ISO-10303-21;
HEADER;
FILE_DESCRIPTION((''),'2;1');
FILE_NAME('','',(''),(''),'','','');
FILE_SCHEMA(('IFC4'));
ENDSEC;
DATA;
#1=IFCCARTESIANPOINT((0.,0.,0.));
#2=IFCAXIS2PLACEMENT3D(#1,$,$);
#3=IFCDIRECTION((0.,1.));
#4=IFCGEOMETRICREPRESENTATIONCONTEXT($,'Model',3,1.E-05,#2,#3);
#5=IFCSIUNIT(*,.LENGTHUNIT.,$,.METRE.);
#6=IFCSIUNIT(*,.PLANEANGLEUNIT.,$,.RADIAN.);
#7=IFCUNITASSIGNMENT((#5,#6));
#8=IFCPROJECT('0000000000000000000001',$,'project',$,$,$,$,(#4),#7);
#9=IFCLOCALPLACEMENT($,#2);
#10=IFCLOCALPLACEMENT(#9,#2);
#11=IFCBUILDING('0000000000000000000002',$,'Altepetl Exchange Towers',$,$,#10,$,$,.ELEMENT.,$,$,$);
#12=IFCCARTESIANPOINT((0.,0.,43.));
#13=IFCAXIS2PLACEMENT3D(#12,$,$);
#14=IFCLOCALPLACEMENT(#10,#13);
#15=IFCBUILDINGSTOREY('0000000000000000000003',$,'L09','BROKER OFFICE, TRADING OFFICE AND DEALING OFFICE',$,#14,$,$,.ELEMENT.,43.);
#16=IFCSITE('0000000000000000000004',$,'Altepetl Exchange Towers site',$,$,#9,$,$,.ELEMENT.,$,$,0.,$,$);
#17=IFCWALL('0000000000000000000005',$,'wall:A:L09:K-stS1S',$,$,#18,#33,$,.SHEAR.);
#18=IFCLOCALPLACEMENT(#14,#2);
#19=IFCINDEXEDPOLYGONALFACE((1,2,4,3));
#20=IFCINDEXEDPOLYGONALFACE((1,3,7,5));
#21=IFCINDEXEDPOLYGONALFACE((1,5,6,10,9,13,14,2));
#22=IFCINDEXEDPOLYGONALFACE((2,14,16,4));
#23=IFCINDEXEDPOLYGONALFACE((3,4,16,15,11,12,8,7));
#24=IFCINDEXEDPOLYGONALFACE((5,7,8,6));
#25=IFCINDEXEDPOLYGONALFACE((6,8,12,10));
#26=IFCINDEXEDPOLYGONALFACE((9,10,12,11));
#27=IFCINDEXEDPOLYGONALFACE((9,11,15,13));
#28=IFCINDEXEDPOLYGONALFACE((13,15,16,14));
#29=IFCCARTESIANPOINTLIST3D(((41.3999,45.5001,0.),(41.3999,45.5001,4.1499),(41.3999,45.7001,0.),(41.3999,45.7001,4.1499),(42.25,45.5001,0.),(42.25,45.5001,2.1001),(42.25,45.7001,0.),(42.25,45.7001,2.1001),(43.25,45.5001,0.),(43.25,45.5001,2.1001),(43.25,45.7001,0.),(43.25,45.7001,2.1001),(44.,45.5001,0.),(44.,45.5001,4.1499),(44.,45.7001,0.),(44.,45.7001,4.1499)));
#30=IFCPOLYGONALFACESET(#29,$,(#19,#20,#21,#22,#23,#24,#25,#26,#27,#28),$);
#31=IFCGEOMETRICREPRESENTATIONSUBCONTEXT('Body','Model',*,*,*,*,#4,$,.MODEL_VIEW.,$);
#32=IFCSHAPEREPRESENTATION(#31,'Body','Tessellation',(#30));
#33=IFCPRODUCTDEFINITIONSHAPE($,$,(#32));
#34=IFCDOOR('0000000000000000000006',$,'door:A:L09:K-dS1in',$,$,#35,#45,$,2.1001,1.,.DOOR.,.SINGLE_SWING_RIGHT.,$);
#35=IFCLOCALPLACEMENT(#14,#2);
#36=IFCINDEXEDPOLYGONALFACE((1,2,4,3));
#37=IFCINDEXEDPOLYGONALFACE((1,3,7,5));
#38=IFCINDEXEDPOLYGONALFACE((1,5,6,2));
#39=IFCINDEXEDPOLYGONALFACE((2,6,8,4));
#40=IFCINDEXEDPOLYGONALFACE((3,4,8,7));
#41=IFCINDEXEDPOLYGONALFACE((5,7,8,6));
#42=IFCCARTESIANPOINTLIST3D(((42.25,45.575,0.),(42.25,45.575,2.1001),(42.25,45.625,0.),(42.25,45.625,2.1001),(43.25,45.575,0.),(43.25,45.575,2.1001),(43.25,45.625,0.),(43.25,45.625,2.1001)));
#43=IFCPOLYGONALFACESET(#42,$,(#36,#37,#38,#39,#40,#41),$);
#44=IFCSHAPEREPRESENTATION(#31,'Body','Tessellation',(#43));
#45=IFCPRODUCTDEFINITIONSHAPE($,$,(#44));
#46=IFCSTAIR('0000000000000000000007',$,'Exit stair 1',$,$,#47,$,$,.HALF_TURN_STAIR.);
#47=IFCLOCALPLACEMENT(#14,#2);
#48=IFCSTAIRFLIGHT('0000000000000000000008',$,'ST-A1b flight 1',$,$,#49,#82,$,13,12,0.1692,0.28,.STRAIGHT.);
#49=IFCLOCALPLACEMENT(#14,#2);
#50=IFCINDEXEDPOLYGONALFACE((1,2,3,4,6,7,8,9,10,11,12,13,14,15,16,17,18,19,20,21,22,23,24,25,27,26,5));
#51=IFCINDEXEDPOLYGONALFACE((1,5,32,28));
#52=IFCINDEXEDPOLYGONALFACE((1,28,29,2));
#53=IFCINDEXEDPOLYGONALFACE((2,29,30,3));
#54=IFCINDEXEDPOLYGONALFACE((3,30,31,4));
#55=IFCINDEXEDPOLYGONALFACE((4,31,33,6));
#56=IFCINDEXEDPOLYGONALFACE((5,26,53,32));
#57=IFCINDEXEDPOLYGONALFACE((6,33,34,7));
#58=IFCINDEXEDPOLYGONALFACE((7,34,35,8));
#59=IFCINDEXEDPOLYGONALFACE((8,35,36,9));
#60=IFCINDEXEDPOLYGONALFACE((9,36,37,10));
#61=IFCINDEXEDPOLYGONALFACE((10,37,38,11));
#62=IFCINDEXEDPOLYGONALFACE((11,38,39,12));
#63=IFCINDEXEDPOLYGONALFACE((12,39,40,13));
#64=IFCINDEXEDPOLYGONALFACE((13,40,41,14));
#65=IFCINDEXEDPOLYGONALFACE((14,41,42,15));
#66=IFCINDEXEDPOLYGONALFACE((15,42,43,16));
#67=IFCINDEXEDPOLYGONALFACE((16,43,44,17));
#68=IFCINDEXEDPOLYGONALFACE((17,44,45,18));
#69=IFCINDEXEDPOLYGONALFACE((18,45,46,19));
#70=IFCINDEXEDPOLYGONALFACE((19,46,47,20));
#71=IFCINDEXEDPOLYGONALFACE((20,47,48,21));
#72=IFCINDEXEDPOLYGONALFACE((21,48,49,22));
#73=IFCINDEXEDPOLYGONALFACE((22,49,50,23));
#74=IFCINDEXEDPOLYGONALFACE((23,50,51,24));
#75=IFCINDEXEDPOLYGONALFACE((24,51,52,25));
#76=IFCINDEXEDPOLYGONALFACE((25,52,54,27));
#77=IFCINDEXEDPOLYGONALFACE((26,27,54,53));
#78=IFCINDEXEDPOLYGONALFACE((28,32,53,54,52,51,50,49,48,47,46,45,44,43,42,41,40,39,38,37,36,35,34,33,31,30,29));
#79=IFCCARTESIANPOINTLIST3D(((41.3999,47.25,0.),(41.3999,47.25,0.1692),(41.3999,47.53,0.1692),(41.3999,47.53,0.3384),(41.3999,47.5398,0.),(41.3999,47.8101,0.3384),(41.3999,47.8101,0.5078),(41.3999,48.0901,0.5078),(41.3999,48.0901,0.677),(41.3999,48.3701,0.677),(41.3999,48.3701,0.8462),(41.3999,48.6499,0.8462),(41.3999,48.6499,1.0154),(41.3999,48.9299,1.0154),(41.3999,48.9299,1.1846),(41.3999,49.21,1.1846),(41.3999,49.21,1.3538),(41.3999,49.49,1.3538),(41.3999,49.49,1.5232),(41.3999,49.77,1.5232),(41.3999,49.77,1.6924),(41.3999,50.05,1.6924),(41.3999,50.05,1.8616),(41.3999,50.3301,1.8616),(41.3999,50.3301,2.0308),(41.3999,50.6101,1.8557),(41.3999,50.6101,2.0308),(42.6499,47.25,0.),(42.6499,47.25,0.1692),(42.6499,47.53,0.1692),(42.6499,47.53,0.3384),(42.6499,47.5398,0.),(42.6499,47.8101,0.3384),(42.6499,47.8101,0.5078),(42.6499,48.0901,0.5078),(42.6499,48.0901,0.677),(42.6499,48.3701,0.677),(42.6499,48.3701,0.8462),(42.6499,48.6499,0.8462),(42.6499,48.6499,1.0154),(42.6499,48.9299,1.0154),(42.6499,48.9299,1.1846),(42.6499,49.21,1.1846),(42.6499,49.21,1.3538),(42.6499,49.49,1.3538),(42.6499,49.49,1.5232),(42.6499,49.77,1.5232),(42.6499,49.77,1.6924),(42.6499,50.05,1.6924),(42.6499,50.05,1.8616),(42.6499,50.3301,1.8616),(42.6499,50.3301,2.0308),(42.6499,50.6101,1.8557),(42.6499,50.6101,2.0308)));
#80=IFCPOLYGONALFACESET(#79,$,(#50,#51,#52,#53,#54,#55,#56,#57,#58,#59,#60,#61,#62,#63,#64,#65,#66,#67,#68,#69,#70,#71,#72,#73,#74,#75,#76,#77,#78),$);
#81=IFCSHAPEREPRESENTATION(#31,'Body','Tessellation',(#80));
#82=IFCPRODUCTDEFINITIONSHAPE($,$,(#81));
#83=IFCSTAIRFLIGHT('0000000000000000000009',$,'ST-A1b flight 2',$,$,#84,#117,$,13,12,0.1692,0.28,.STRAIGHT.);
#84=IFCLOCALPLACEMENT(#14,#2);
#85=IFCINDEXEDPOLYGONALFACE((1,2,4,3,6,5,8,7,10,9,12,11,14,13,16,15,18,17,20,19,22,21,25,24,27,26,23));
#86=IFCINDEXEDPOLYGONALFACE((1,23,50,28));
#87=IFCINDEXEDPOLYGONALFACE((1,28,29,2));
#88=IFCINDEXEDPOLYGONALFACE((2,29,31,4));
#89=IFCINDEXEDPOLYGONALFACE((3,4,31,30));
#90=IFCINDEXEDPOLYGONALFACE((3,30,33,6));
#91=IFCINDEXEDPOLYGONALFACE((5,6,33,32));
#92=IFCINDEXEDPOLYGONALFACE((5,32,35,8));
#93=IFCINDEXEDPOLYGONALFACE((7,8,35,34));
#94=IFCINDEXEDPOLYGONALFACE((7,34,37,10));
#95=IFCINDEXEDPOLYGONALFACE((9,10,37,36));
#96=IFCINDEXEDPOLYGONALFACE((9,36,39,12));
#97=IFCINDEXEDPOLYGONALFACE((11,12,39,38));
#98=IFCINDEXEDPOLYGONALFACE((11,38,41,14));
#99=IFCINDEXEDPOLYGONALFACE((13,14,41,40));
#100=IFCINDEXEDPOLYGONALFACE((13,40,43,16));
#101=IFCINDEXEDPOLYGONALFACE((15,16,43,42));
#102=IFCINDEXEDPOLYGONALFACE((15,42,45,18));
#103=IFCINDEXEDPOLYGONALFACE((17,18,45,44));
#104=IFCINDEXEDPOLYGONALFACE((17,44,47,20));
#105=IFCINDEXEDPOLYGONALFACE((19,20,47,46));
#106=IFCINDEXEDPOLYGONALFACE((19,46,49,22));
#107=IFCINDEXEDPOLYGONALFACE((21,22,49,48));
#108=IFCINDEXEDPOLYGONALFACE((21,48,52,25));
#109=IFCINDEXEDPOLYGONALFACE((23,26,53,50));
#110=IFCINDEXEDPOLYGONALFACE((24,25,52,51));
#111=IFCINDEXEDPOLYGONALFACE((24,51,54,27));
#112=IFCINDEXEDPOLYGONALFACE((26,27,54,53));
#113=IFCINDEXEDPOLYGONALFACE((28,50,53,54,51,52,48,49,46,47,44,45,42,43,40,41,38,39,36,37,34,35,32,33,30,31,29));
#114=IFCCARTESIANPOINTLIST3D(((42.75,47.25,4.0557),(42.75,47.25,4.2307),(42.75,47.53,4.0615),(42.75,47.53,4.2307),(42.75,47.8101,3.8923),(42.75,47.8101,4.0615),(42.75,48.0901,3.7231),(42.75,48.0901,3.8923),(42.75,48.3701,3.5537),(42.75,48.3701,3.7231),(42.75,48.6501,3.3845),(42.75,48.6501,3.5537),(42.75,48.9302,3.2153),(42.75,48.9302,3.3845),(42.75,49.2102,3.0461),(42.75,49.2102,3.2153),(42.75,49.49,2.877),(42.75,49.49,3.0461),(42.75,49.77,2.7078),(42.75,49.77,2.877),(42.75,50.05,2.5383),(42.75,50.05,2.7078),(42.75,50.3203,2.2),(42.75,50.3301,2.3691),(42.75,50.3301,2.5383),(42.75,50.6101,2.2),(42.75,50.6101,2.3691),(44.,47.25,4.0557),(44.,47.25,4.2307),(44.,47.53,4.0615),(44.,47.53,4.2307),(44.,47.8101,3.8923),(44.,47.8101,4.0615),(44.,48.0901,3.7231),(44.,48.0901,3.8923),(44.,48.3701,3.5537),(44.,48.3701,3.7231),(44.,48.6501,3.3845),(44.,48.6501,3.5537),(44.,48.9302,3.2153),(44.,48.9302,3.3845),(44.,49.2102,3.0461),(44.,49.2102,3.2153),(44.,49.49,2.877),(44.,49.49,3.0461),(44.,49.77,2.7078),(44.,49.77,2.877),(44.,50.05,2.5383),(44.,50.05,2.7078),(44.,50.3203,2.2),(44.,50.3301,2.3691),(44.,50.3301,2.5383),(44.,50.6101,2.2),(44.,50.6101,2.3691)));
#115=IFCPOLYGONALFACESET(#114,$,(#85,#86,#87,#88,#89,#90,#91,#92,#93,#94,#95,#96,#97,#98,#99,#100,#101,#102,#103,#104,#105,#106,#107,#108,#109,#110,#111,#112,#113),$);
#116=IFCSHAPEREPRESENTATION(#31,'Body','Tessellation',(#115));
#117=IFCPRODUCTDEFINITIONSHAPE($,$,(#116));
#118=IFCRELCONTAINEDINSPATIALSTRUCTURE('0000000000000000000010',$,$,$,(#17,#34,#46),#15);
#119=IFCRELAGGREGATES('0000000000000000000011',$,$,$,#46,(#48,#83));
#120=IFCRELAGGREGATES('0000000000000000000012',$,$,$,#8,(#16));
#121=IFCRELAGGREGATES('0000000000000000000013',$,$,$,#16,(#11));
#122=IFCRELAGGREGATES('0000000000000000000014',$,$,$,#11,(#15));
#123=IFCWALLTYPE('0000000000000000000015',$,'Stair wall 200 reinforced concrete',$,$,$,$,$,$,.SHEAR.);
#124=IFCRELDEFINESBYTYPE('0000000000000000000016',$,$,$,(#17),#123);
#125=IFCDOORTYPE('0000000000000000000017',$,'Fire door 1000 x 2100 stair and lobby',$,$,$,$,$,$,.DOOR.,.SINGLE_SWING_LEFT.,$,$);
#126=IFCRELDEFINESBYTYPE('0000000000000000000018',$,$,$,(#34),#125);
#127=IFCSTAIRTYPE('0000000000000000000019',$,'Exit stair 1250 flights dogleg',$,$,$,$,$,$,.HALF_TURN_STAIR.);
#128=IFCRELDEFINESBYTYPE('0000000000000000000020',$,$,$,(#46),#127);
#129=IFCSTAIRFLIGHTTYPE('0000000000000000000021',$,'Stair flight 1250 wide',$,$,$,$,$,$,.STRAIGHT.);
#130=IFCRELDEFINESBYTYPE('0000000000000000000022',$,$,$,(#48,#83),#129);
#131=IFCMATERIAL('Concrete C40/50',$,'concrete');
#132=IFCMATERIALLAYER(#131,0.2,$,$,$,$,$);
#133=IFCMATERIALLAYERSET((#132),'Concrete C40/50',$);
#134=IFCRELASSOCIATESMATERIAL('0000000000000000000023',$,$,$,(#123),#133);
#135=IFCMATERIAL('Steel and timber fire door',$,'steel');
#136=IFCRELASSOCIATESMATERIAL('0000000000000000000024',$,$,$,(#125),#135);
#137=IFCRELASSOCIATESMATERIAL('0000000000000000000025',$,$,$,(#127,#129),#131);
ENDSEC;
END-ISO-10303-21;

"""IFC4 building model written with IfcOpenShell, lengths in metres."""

from ifc_helpers import new_model, si_unit, direction, frame, frame_2d, origin, place, context, subcontext, project, spatial, polyline, rectangle, outline, extrude, material, layer, layer_set, type_object, element, fill, aggregate, save


model = new_model("IFC4")

# Units and contexts
model_context = context("Model", 3, precision=1e-05, world=origin(), true_north=direction((0.0, 1.0)))
body_context = subcontext(model_context, "Body", "Model", "MODEL_VIEW")
ifc_project = project(units=[si_unit("LENGTHUNIT", "METRE"), si_unit("PLANEANGLEUNIT", "RADIAN")], contexts=[model_context])

# Site, building, storey
site_placement = place(None, origin())
site = spatial("IfcSite", under=ifc_project, at=site_placement, Name="Altepetl Exchange Towers site", CompositionType="ELEMENT", RefElevation=0.0)
building_placement = place(site_placement, origin())
building = spatial("IfcBuilding", under=site, at=building_placement, Name="Altepetl Exchange Towers", CompositionType="ELEMENT")
storey_placement = place(building_placement, frame((0.0, 0.0, 43.0)))
storey = spatial("IfcBuildingStorey", under=building, at=storey_placement, Name="L09", Description="BROKER OFFICE, TRADING OFFICE AND DEALING OFFICE", CompositionType="ELEMENT", Elevation=43.0)

# Shared definitions
ifc_material_1 = material(Name="Concrete C40/50", Category="concrete")
ifc_layer_1 = layer(ifc_material_1, 0.2)
ifc_layer_set_1 = layer_set([ifc_layer_1], Name="Concrete C40/50")
wall_type_1 = type_object("IfcWallType", Name="Stair wall 200 reinforced concrete", PredefinedType="SHEAR", material=ifc_layer_set_1)

# Wall, opening, door
wall_1_placement = place(storey_placement, frame((41.3999, 45.6001, 0.0)))
wall_1 = element("IfcWall", 1, at=wall_1_placement, inside=storey, type_object=wall_type_1, Name="wall:A:L09:K-stS1S", PredefinedType="SHEAR", context=body_context, shape_type="SweptSolid", body=[
    extrude(rectangle(XDim=2.6001, YDim=0.2, at=frame_2d((1.3, 0.0))), origin(), (0.0, 0.0, 1.0), 4.1499),
])
opening_placement = place(wall_1_placement, frame((0.8501, 0.0, 0.0)))
opening = element("IfcOpeningElement", 2, at=opening_placement, cuts=wall_1, PredefinedType="OPENING", context=body_context, shape_type="SweptSolid", body=[
    extrude(rectangle(XDim=1.0, YDim=2.1001, at=frame_2d((0.5, 1.05))), frame((0.0, 0.1099, 0.0), z_axis=(0.0, -1.0, 0.0), x_axis=(1.0, 0.0, 0.0)), (0.0, 0.0, 1.0), 0.22),
])
ifc_material_2 = material(Name="Steel and timber fire door", Category="steel")
door_type = type_object("IfcDoorType", Name="Fire door 1000 x 2100 stair and lobby", OperationType="SINGLE_SWING_LEFT", PredefinedType="DOOR", material=ifc_material_2)
door_placement = place(opening_placement, origin())
door = element("IfcDoor", 3, at=door_placement, inside=storey, type_object=door_type, Name="door:A:L09:K-dS1in", OperationType="SINGLE_SWING_RIGHT", OverallHeight=2.1001, OverallWidth=1.0, PredefinedType="DOOR", context=body_context, shape_type="SweptSolid", body=[
    extrude(rectangle(XDim=1.0, YDim=2.1001, at=frame_2d((0.5, 1.05))), frame((0.0, 0.0249, 0.0), z_axis=(0.0, -1.0, 0.0), x_axis=(1.0, 0.0, 0.0)), (0.0, 0.0, 1.0), 0.05),
])
fill(opening, door)

# Stair, stair flights
stair_type = type_object("IfcStairType", Name="Exit stair 1250 flights dogleg", PredefinedType="HALF_TURN_STAIR", material=ifc_material_1)
stair_placement = place(storey_placement, origin())
stair = element("IfcStair", 4, at=stair_placement, inside=storey, type_object=stair_type, Name="Exit stair 1", PredefinedType="HALF_TURN_STAIR")
stair_flight_type = type_object("IfcStairFlightType", Name="Stair flight 1250 wide", PredefinedType="STRAIGHT", material=ifc_material_1)
stair_flight_1_placement = place(storey_placement, frame((42.0249, 47.25, 0.0), z_axis=(0.0, 0.0, 1.0), x_axis=(0.0, 1.0, 0.0)))
stair_flight_1 = element("IfcStairFlight", 5, at=stair_flight_1_placement, type_object=stair_flight_type, Name="ST-A1b flight 1", NumberOfRisers=13, NumberOfTreads=12, PredefinedType="STRAIGHT", RiserHeight=0.1692, TreadLength=0.28, context=body_context, shape_type="SweptSolid", body=[
    extrude(outline(polyline([(0.0, 0.0), (0.0, 0.1692), (0.28, 0.1692), (0.28, 0.3384), (0.5601, 0.3384), (0.5601, 0.5078), (0.8401, 0.5078), (0.8401, 0.677), (1.1201, 0.677), (1.1201, 0.8462), (1.3999, 0.8462), (1.3999, 1.0154), (1.6799, 1.0154), (1.6799, 1.1846), (1.96, 1.1846), (1.96, 1.3538), (2.24, 1.3538), (2.24, 1.5232), (2.52, 1.5232), (2.52, 1.6924), (2.8, 1.6924), (2.8, 1.8616), (3.0801, 1.8616), (3.0801, 2.0308), (3.3601, 2.0308), (3.3601, 2.2), (3.3601, 1.8557), (0.2898, 0.0), (0.0, 0.0)])), frame((0.0, 0.625, 0.0), z_axis=(0.0, -1.0, 0.0), x_axis=(1.0, 0.0, 0.0)), (0.0, 0.0, 1.0), 1.25),
])
stair_flight_2_placement = place(storey_placement, frame((43.375, 50.6101, 2.2), z_axis=(0.0, 0.0, 1.0), x_axis=(0.0, -1.0, 0.0)))
stair_flight_2 = element("IfcStairFlight", 6, at=stair_flight_2_placement, type_object=stair_flight_type, Name="ST-A1b flight 2", NumberOfRisers=13, NumberOfTreads=12, PredefinedType="STRAIGHT", RiserHeight=0.1692, TreadLength=0.28, context=body_context, shape_type="SweptSolid", body=[
    extrude(outline(polyline([(0.0, 0.0), (0.0, 0.1692), (0.28, 0.1692), (0.28, 0.3384), (0.5601, 0.3384), (0.5601, 0.5078), (0.8401, 0.5078), (0.8401, 0.677), (1.1201, 0.677), (1.1201, 0.8462), (1.3999, 0.8462), (1.3999, 1.0154), (1.6799, 1.0154), (1.6799, 1.1846), (1.96, 1.1846), (1.96, 1.3538), (2.24, 1.3538), (2.24, 1.5232), (2.52, 1.5232), (2.52, 1.6924), (2.8, 1.6924), (2.8, 1.8616), (3.0801, 1.8616), (3.0801, 2.0308), (3.3601, 2.0308), (3.3601, 2.2), (3.3601, 1.8557), (0.2898, 0.0), (0.0, 0.0)])), frame((0.0, 0.625, 0.0), z_axis=(0.0, -1.0, 0.0), x_axis=(1.0, 0.0, 0.0)), (0.0, 0.0, 1.0), 1.25),
])
aggregate(stair, [stair_flight_1, stair_flight_2])

save(model, "model.ifc")
